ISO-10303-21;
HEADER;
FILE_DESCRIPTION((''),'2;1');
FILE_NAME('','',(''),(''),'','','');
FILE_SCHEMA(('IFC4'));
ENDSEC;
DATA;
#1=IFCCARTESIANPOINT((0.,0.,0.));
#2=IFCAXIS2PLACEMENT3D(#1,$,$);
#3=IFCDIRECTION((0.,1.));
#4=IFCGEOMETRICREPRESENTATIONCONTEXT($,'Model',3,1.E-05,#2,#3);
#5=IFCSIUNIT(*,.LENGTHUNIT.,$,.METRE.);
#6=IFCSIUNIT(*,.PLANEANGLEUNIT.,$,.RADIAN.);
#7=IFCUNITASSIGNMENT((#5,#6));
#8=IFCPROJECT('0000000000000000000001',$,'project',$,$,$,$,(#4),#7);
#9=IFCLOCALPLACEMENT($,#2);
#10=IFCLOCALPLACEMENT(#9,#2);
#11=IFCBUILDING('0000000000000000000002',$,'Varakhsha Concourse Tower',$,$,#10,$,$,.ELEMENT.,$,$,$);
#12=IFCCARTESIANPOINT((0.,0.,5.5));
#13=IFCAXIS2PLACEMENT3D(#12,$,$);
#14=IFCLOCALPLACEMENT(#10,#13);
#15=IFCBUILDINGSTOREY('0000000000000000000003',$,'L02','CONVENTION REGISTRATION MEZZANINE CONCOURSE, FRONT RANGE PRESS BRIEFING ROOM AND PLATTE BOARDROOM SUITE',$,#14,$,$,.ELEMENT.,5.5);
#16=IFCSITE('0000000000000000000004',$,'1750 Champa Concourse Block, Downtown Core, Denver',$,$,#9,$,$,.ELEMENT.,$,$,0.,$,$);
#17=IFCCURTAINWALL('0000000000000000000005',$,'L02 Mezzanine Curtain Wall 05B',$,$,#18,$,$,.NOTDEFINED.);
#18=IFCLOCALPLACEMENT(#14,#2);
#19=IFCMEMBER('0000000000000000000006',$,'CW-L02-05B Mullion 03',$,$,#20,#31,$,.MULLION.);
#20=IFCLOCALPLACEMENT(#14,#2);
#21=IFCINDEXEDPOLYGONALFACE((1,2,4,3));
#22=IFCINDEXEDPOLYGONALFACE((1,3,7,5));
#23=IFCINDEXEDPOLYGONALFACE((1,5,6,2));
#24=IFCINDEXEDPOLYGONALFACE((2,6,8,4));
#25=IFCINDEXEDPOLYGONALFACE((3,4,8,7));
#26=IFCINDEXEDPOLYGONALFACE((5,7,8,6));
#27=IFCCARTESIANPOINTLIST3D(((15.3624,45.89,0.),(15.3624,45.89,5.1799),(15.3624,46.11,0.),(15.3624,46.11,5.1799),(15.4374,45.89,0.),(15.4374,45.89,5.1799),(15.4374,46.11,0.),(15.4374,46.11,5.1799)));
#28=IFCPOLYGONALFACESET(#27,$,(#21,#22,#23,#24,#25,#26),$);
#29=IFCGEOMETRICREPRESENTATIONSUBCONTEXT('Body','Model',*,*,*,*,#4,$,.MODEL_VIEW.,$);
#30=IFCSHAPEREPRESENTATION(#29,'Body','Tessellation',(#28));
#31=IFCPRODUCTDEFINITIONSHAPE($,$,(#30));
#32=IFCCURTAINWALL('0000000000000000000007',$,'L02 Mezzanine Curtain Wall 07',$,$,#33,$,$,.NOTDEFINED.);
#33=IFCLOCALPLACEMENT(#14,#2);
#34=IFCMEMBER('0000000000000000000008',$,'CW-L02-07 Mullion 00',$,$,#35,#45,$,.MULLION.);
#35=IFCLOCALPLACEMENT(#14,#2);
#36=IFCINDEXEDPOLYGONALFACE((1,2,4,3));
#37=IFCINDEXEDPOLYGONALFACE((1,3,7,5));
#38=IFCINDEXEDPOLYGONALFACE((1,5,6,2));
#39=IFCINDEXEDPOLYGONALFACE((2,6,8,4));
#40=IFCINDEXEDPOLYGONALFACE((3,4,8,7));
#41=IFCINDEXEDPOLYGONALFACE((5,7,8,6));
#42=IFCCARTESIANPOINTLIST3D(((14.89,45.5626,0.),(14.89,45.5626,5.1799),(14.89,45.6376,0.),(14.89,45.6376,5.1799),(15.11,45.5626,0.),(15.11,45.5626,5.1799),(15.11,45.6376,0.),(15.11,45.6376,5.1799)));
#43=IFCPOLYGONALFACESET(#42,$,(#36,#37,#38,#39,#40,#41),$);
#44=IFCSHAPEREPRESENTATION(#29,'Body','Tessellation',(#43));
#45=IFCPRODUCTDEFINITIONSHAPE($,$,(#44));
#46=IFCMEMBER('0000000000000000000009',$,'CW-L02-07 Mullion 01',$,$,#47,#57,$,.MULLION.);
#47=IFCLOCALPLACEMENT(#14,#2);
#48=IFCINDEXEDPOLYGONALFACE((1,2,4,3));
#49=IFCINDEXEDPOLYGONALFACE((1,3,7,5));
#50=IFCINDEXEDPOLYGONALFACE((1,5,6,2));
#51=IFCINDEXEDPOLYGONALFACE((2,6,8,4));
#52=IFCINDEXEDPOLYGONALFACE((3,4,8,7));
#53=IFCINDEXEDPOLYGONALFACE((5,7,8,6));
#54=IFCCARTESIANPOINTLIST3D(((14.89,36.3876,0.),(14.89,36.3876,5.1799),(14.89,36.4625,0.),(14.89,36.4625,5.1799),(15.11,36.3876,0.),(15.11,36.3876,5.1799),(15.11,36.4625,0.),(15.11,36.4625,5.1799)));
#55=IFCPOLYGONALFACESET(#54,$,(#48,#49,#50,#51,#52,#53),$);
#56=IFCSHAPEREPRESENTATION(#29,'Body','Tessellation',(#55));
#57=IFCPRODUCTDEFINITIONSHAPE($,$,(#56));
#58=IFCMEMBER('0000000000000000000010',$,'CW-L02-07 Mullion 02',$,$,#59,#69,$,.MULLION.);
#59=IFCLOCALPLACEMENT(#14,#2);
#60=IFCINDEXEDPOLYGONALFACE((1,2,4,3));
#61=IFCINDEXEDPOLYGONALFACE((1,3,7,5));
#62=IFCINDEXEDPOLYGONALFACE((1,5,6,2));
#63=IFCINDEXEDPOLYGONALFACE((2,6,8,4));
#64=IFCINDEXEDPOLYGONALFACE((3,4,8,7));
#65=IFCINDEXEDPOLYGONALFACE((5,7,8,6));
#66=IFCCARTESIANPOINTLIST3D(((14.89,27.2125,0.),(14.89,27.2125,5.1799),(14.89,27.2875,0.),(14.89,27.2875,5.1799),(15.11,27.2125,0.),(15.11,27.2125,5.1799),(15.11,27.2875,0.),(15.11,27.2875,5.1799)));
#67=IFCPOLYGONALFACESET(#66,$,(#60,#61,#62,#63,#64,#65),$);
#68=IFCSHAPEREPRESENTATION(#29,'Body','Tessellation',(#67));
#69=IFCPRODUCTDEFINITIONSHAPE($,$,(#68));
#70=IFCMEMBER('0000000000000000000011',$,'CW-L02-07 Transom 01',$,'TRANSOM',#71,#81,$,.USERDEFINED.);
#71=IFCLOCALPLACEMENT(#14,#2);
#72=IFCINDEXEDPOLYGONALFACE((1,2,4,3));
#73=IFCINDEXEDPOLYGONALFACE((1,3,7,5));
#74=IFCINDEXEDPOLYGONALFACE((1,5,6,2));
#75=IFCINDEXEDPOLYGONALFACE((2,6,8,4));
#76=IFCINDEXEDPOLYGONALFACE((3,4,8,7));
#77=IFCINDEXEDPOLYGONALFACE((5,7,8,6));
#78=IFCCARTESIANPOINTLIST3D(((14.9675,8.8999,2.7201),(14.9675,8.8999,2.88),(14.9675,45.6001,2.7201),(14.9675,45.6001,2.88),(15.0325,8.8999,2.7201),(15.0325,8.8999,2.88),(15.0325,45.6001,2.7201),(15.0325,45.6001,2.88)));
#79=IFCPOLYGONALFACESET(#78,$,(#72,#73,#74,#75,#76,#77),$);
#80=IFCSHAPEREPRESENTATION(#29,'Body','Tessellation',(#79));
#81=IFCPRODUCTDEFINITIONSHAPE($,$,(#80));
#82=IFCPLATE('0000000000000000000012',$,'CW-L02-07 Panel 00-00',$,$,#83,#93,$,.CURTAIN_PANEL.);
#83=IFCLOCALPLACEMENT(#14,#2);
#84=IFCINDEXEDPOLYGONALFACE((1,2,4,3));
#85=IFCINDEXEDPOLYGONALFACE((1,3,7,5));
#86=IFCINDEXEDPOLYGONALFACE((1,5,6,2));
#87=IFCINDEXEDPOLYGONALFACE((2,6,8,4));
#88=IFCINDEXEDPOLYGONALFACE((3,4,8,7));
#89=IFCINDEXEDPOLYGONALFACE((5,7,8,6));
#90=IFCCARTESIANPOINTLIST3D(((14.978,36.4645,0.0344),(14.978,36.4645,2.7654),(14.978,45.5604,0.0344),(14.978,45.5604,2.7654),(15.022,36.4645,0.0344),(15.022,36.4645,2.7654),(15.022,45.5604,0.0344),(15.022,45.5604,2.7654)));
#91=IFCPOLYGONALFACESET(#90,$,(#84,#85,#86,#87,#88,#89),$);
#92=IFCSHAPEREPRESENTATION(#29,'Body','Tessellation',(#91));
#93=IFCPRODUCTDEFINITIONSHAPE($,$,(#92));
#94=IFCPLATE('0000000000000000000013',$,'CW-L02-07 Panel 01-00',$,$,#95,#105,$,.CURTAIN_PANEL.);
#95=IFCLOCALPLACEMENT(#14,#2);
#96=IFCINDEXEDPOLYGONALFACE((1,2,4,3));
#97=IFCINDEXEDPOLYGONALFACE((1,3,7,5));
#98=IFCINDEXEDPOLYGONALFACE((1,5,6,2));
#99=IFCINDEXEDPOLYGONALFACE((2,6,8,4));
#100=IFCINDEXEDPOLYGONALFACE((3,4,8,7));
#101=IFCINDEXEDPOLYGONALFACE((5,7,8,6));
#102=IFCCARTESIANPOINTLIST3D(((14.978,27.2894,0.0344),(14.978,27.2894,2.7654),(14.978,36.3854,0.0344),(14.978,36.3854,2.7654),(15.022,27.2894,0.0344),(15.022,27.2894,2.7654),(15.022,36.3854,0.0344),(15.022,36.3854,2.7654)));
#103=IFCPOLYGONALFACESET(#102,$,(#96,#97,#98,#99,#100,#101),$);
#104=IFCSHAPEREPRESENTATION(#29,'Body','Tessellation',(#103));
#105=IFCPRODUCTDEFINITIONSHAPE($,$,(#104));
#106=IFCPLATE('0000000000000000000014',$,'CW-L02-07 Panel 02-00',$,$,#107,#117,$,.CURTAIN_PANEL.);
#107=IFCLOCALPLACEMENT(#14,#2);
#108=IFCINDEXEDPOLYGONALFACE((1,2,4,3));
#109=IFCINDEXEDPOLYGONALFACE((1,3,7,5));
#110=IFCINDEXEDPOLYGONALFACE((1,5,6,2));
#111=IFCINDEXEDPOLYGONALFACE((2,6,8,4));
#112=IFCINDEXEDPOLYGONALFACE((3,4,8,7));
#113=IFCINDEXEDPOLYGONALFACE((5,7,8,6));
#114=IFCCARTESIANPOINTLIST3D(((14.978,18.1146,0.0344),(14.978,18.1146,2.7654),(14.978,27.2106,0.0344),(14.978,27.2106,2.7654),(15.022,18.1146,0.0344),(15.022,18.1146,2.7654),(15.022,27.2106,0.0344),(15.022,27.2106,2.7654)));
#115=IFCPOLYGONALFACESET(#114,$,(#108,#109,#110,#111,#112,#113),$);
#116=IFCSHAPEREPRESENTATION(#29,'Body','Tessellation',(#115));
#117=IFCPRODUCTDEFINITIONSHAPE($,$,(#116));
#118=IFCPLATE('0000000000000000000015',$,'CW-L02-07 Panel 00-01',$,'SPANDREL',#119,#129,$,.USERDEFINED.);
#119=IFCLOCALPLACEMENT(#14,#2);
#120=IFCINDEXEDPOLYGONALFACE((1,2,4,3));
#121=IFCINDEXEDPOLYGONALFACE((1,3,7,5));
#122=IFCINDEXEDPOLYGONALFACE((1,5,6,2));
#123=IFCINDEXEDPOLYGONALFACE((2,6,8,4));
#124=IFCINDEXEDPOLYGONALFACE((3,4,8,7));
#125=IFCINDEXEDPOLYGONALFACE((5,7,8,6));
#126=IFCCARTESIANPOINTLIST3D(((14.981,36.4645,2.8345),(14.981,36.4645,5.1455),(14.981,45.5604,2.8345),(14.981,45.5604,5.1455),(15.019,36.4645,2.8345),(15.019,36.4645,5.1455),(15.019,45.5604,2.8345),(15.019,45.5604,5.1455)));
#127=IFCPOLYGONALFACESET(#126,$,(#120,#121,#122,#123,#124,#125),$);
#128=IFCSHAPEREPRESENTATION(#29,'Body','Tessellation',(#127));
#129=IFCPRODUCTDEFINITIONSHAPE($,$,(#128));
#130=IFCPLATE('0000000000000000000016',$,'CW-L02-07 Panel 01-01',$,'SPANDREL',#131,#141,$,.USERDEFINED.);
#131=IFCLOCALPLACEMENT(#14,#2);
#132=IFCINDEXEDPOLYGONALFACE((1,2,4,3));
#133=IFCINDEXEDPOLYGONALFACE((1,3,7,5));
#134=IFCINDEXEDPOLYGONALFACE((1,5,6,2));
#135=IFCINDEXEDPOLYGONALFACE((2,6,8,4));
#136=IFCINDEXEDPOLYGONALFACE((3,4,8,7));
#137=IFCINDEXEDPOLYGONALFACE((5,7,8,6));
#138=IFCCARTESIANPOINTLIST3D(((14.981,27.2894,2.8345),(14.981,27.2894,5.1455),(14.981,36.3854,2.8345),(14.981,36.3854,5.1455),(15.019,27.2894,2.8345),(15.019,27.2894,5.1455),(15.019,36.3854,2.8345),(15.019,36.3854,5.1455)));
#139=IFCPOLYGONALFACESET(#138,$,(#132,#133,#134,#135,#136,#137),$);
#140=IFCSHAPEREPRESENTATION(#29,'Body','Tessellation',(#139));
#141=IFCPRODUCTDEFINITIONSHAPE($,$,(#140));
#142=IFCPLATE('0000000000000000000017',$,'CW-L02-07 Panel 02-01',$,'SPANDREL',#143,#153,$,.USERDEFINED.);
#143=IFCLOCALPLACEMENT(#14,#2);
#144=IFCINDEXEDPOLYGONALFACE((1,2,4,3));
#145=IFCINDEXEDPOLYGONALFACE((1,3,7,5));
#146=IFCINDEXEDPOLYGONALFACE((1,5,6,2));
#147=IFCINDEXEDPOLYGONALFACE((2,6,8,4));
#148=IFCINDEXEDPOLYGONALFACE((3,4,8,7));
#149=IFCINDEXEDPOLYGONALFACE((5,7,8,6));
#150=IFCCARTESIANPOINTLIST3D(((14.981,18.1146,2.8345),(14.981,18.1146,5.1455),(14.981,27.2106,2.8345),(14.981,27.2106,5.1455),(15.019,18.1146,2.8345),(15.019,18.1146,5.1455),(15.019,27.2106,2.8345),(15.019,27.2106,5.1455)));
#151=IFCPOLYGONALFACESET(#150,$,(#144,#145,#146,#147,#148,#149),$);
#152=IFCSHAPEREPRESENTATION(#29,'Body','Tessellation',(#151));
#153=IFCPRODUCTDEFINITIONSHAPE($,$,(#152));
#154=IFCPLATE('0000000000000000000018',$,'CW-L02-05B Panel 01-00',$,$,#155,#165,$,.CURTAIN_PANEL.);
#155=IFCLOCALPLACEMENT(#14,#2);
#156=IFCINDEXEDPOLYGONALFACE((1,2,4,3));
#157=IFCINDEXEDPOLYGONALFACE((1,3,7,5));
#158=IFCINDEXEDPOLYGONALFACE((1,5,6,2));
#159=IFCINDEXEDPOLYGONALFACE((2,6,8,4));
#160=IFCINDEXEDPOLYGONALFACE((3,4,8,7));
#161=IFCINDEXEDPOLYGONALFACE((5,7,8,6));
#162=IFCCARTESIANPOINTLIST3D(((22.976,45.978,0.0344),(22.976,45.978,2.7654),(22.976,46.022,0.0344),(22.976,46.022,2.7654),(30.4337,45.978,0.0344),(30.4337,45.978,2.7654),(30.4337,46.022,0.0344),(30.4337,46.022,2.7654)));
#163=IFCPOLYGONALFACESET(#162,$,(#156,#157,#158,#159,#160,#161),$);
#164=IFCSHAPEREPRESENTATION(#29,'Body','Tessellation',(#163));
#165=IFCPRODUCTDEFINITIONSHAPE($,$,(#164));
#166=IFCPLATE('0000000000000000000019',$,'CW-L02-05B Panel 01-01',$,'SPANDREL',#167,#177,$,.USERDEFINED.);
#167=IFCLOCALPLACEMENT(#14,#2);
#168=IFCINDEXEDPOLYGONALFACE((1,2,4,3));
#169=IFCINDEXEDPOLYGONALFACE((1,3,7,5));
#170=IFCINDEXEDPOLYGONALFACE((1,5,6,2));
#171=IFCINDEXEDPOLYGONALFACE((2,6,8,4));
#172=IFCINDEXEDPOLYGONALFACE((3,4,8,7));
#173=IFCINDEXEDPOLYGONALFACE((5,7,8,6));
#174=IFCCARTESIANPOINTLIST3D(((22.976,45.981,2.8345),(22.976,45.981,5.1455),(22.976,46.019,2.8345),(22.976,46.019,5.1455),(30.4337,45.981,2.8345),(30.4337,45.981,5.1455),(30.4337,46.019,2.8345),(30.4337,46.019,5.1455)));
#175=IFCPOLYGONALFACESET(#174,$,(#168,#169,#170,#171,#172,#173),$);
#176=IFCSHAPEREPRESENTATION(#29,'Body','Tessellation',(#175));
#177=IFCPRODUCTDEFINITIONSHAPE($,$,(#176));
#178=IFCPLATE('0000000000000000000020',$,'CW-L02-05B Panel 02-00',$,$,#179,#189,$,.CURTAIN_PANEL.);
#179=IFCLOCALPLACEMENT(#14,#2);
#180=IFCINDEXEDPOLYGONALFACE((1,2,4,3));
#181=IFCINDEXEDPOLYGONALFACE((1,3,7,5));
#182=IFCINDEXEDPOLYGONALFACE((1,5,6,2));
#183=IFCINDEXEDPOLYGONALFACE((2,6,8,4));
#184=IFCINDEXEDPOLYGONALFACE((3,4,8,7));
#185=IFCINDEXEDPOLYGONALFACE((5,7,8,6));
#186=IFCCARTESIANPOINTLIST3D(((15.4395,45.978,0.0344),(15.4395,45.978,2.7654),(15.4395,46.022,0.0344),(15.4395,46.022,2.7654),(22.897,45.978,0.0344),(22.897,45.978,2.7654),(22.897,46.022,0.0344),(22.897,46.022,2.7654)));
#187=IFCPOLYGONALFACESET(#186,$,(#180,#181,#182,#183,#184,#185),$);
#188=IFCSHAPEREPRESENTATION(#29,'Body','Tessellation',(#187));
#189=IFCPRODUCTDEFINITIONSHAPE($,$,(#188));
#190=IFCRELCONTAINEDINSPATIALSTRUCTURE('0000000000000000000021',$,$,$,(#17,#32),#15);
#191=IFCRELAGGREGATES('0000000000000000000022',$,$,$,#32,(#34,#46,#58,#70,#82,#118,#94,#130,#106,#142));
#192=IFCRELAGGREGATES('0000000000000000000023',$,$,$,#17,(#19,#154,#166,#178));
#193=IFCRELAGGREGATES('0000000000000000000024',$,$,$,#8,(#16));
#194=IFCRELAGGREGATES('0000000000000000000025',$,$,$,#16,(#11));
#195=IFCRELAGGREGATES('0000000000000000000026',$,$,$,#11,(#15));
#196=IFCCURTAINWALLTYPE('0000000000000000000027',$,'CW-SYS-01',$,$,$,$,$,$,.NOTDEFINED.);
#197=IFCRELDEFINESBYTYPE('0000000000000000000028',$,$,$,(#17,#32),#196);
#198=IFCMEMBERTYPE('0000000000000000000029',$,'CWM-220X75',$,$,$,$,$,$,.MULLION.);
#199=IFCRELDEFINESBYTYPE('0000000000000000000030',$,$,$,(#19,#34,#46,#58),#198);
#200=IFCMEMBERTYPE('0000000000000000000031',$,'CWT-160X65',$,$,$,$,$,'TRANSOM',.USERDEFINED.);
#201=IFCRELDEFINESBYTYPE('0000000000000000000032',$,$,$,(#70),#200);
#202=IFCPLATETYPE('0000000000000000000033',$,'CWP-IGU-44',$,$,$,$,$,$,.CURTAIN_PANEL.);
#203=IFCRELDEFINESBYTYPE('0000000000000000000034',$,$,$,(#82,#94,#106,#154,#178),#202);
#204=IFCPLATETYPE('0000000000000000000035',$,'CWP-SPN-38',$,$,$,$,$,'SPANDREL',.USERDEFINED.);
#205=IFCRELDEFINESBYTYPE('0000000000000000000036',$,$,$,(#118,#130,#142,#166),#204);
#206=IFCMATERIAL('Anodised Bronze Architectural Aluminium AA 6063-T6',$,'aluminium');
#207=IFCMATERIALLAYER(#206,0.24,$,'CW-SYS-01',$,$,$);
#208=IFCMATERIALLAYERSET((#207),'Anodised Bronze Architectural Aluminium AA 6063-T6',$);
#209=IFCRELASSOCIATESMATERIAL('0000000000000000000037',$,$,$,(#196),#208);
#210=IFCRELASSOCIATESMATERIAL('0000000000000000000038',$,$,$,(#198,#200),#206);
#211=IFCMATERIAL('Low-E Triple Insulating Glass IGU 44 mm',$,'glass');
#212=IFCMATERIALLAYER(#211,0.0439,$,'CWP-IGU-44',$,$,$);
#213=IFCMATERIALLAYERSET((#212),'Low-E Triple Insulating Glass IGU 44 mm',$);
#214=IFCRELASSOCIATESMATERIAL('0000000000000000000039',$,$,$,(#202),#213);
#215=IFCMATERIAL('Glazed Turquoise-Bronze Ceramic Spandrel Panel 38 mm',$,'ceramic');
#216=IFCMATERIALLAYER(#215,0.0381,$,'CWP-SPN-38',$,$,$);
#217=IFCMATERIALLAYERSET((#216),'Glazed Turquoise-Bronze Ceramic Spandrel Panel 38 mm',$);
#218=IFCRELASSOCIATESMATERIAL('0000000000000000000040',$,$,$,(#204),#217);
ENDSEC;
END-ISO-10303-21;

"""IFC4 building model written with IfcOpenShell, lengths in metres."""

from ifc_helpers import new_model, si_unit, direction, frame, origin, origin_2d, place, context, subcontext, project, spatial, rectangle, extrude, source, transform, mapped, material, layer, layer_set, material_profile, profile_set, type_object, type_shapes, element, aggregate, save


model = new_model("IFC4")

# Units and contexts
model_context = context("Model", 3, precision=1e-05, world=origin(), true_north=direction((0.0, 1.0)))
body_context = subcontext(model_context, "Body", "Model", "MODEL_VIEW")
ifc_project = project(units=[si_unit("LENGTHUNIT", "METRE"), si_unit("PLANEANGLEUNIT", "RADIAN")], contexts=[model_context])

# Site, building, storey
site_placement = place(None, origin())
site = spatial("IfcSite", under=ifc_project, at=site_placement, Name="1750 Champa Concourse Block, Downtown Core, Denver", CompositionType="ELEMENT", RefElevation=0.0)
building_placement = place(site_placement, origin())
building = spatial("IfcBuilding", under=site, at=building_placement, Name="Varakhsha Concourse Tower", CompositionType="ELEMENT")
storey_placement = place(building_placement, frame((0.0, 0.0, 5.5)))
storey = spatial("IfcBuildingStorey", under=building, at=storey_placement, Name="L02", Description="CONVENTION REGISTRATION MEZZANINE CONCOURSE, FRONT RANGE PRESS BRIEFING ROOM AND PLATTE BOARDROOM SUITE", CompositionType="ELEMENT", Elevation=5.5)

# Curtain wall, member
ifc_material_1 = material(Name="Anodised Bronze Architectural Aluminium AA 6063-T6", Category="aluminium")
ifc_layer_1 = layer(ifc_material_1, 0.24, Name="CW-SYS-01")
ifc_layer_set_1 = layer_set([ifc_layer_1], Name="Anodised Bronze Architectural Aluminium AA 6063-T6")
curtain_wall_type = type_object("IfcCurtainWallType", Name="CW-SYS-01", PredefinedType="NOTDEFINED", material=ifc_layer_set_1)
curtain_wall_1_placement = place(storey_placement, origin())
curtain_wall_1 = element("IfcCurtainWall", 1, at=curtain_wall_1_placement, inside=storey, type_object=curtain_wall_type, Name="L02 Mezzanine Curtain Wall 05B", PredefinedType="NOTDEFINED")
ifc_material_profile_1 = material_profile(ifc_material_1, rectangle(XDim=0.075, YDim=0.22, at=origin_2d()), Name="CWM-220X75")
ifc_profile_set_1 = profile_set([ifc_material_profile_1], Name="Anodised Bronze Architectural Aluminium AA 6063-T6")
member_type_1 = type_object("IfcMemberType", Name="CWM-220X75", PredefinedType="MULLION", material=ifc_profile_set_1)
shared_shape_1 = source(origin(), body_context, "Body", "SweptSolid", [
    extrude(rectangle(XDim=0.075, YDim=0.22, at=origin_2d()), origin(), (0.0, 0.0, 1.0), 5.1799),
])
type_shapes(member_type_1, [shared_shape_1])
member_1_placement = place(storey_placement, frame((15.3999, 46.0, 0.0), z_axis=(0.0, 0.0, 1.0), x_axis=(-1.0, 0.0, 0.0)))
member_1 = element("IfcMember", 2, at=member_1_placement, type_object=member_type_1, Name="CW-L02-05B Mullion 03", PredefinedType="MULLION", context=body_context, shape_type="MappedRepresentation", body=[
    mapped(shared_shape_1, transform((0.0, 0.0, 0.0), scale=1.0)),
])

# Curtain wall, members, plates
curtain_wall_2_placement = place(storey_placement, origin())
curtain_wall_2 = element("IfcCurtainWall", 3, at=curtain_wall_2_placement, inside=storey, type_object=curtain_wall_type, Name="L02 Mezzanine Curtain Wall 07", PredefinedType="NOTDEFINED")
member_2_placement = place(storey_placement, frame((15.0, 45.6001, 0.0), z_axis=(0.0, 0.0, 1.0), x_axis=(0.0, -1.0, 0.0)))
member_2 = element("IfcMember", 4, at=member_2_placement, type_object=member_type_1, Name="CW-L02-07 Mullion 00", PredefinedType="MULLION", context=body_context, shape_type="MappedRepresentation", body=[
    mapped(shared_shape_1, transform((0.0, 0.0, 0.0), scale=1.0)),
])
member_3_placement = place(storey_placement, frame((15.0, 36.425, 0.0), z_axis=(0.0, 0.0, 1.0), x_axis=(0.0, -1.0, 0.0)))
member_3 = element("IfcMember", 5, at=member_3_placement, type_object=member_type_1, Name="CW-L02-07 Mullion 01", PredefinedType="MULLION", context=body_context, shape_type="MappedRepresentation", body=[
    mapped(shared_shape_1, transform((0.0, 0.0, 0.0), scale=1.0)),
])
member_4_placement = place(storey_placement, frame((15.0, 27.25, 0.0), z_axis=(0.0, 0.0, 1.0), x_axis=(0.0, -1.0, 0.0)))
member_4 = element("IfcMember", 6, at=member_4_placement, type_object=member_type_1, Name="CW-L02-07 Mullion 02", PredefinedType="MULLION", context=body_context, shape_type="MappedRepresentation", body=[
    mapped(shared_shape_1, transform((0.0, 0.0, 0.0), scale=1.0)),
])
ifc_material_profile_2 = material_profile(ifc_material_1, rectangle(XDim=0.0649, YDim=0.1599, at=origin_2d()), Name="CWT-160X65")
ifc_profile_set_2 = profile_set([ifc_material_profile_2], Name="Anodised Bronze Architectural Aluminium AA 6063-T6")
member_type_2 = type_object("IfcMemberType", Name="CWT-160X65", ElementType="TRANSOM", PredefinedType="USERDEFINED", material=ifc_profile_set_2)
shared_shape_2 = source(origin(), body_context, "Body", "SweptSolid", [
    extrude(rectangle(XDim=0.0649, YDim=0.1599, at=origin_2d()), origin(), (0.0, 0.0, 1.0), 36.7002),
])
type_shapes(member_type_2, [shared_shape_2])
member_5_placement = place(storey_placement, frame((15.0, 45.6001, 2.8), z_axis=(0.0, -1.0, 0.0), x_axis=(1.0, 0.0, 0.0)))
member_5 = element("IfcMember", 7, at=member_5_placement, type_object=member_type_2, Name="CW-L02-07 Transom 01", ObjectType="TRANSOM", PredefinedType="USERDEFINED", context=body_context, shape_type="MappedRepresentation", body=[
    mapped(shared_shape_2, transform((0.0, 0.0, 0.0), scale=1.0)),
])
ifc_material_2 = material(Name="Low-E Triple Insulating Glass IGU 44 mm", Category="glass")
ifc_layer_2 = layer(ifc_material_2, 0.0439, Name="CWP-IGU-44")
ifc_layer_set_2 = layer_set([ifc_layer_2], Name="Low-E Triple Insulating Glass IGU 44 mm")
plate_type_1 = type_object("IfcPlateType", Name="CWP-IGU-44", PredefinedType="CURTAIN_PANEL", material=ifc_layer_set_2)
shared_shape_3 = source(origin(), body_context, "Body", "SweptSolid", [
    extrude(rectangle(XDim=9.0959, YDim=0.0439, at=origin_2d()), origin(), (0.0, 0.0, 1.0), 2.731),
])
plate_1_placement = place(storey_placement, frame((15.0, 41.0125, 0.0344), z_axis=(0.0, 0.0, 1.0), x_axis=(0.0, -1.0, 0.0)))
plate_1 = element("IfcPlate", 8, at=plate_1_placement, type_object=plate_type_1, Name="CW-L02-07 Panel 00-00", PredefinedType="CURTAIN_PANEL", context=body_context, shape_type="MappedRepresentation", body=[
    mapped(shared_shape_3, transform((0.0, 0.0, 0.0), scale=1.0)),
])
plate_2_placement = place(storey_placement, frame((15.0, 31.8374, 0.0344), z_axis=(0.0, 0.0, 1.0), x_axis=(0.0, -1.0, 0.0)))
plate_2 = element("IfcPlate", 9, at=plate_2_placement, type_object=plate_type_1, Name="CW-L02-07 Panel 01-00", PredefinedType="CURTAIN_PANEL", context=body_context, shape_type="MappedRepresentation", body=[
    mapped(shared_shape_3, transform((0.0, 0.0, 0.0), scale=1.0)),
])
plate_3_placement = place(storey_placement, frame((15.0, 22.6626, 0.0344), z_axis=(0.0, 0.0, 1.0), x_axis=(0.0, -1.0, 0.0)))
plate_3 = element("IfcPlate", 10, at=plate_3_placement, type_object=plate_type_1, Name="CW-L02-07 Panel 02-00", PredefinedType="CURTAIN_PANEL", context=body_context, shape_type="MappedRepresentation", body=[
    mapped(shared_shape_3, transform((0.0, 0.0, 0.0), scale=1.0)),
])
ifc_material_3 = material(Name="Glazed Turquoise-Bronze Ceramic Spandrel Panel 38 mm", Category="ceramic")
ifc_layer_3 = layer(ifc_material_3, 0.0381, Name="CWP-SPN-38")
ifc_layer_set_3 = layer_set([ifc_layer_3], Name="Glazed Turquoise-Bronze Ceramic Spandrel Panel 38 mm")
plate_type_2 = type_object("IfcPlateType", Name="CWP-SPN-38", ElementType="SPANDREL", PredefinedType="USERDEFINED", material=ifc_layer_set_3)
shared_shape_4 = source(origin(), body_context, "Body", "SweptSolid", [
    extrude(rectangle(XDim=9.0959, YDim=0.0381, at=origin_2d()), origin(), (0.0, 0.0, 1.0), 2.311),
])
plate_4_placement = place(storey_placement, frame((15.0, 41.0125, 2.8345), z_axis=(0.0, 0.0, 1.0), x_axis=(0.0, -1.0, 0.0)))
plate_4 = element("IfcPlate", 11, at=plate_4_placement, type_object=plate_type_2, Name="CW-L02-07 Panel 00-01", ObjectType="SPANDREL", PredefinedType="USERDEFINED", context=body_context, shape_type="MappedRepresentation", body=[
    mapped(shared_shape_4, transform((0.0, 0.0, 0.0), scale=1.0)),
])
plate_5_placement = place(storey_placement, frame((15.0, 31.8374, 2.8345), z_axis=(0.0, 0.0, 1.0), x_axis=(0.0, -1.0, 0.0)))
plate_5 = element("IfcPlate", 12, at=plate_5_placement, type_object=plate_type_2, Name="CW-L02-07 Panel 01-01", ObjectType="SPANDREL", PredefinedType="USERDEFINED", context=body_context, shape_type="MappedRepresentation", body=[
    mapped(shared_shape_4, transform((0.0, 0.0, 0.0), scale=1.0)),
])
plate_6_placement = place(storey_placement, frame((15.0, 22.6626, 2.8345), z_axis=(0.0, 0.0, 1.0), x_axis=(0.0, -1.0, 0.0)))
plate_6 = element("IfcPlate", 13, at=plate_6_placement, type_object=plate_type_2, Name="CW-L02-07 Panel 02-01", ObjectType="SPANDREL", PredefinedType="USERDEFINED", context=body_context, shape_type="MappedRepresentation", body=[
    mapped(shared_shape_4, transform((0.0, 0.0, 0.0), scale=1.0)),
])
aggregate(curtain_wall_2, [member_2, member_3, member_4, member_5, plate_1, plate_4, plate_2, plate_5, plate_3, plate_6])

# Plates
shared_shape_5 = source(origin(), body_context, "Body", "SweptSolid", [
    extrude(rectangle(XDim=7.4578, YDim=0.0439, at=origin_2d()), origin(), (0.0, 0.0, 1.0), 2.731),
])
plate_7_placement = place(storey_placement, frame((26.7048, 46.0, 0.0344), z_axis=(0.0, 0.0, 1.0), x_axis=(-1.0, 0.0, 0.0)))
plate_7 = element("IfcPlate", 14, at=plate_7_placement, type_object=plate_type_1, Name="CW-L02-05B Panel 01-00", PredefinedType="CURTAIN_PANEL", context=body_context, shape_type="MappedRepresentation", body=[
    mapped(shared_shape_5, transform((0.0, 0.0, 0.0), scale=1.0)),
])
shared_shape_6 = source(origin(), body_context, "Body", "SweptSolid", [
    extrude(rectangle(XDim=7.4578, YDim=0.0381, at=origin_2d()), origin(), (0.0, 0.0, 1.0), 2.311),
])
plate_8_placement = place(storey_placement, frame((26.7048, 46.0, 2.8345), z_axis=(0.0, 0.0, 1.0), x_axis=(-1.0, 0.0, 0.0)))
plate_8 = element("IfcPlate", 15, at=plate_8_placement, type_object=plate_type_2, Name="CW-L02-05B Panel 01-01", ObjectType="SPANDREL", PredefinedType="USERDEFINED", context=body_context, shape_type="MappedRepresentation", body=[
    mapped(shared_shape_6, transform((0.0, 0.0, 0.0), scale=1.0)),
])
shared_shape_7 = source(origin(), body_context, "Body", "SweptSolid", [
    extrude(rectangle(XDim=7.4575, YDim=0.0439, at=origin_2d()), origin(), (0.0, 0.0, 1.0), 2.731),
])
type_shapes(plate_type_1, [shared_shape_3, shared_shape_5, shared_shape_7])
plate_9_placement = place(storey_placement, frame((19.1682, 46.0, 0.0344), z_axis=(0.0, 0.0, 1.0), x_axis=(-1.0, 0.0, 0.0)))
plate_9 = element("IfcPlate", 16, at=plate_9_placement, type_object=plate_type_1, Name="CW-L02-05B Panel 02-00", PredefinedType="CURTAIN_PANEL", context=body_context, shape_type="MappedRepresentation", body=[
    mapped(shared_shape_7, transform((0.0, 0.0, 0.0), scale=1.0)),
])
aggregate(curtain_wall_1, [member_1, plate_7, plate_8, plate_9])

save(model, "model.ifc")
